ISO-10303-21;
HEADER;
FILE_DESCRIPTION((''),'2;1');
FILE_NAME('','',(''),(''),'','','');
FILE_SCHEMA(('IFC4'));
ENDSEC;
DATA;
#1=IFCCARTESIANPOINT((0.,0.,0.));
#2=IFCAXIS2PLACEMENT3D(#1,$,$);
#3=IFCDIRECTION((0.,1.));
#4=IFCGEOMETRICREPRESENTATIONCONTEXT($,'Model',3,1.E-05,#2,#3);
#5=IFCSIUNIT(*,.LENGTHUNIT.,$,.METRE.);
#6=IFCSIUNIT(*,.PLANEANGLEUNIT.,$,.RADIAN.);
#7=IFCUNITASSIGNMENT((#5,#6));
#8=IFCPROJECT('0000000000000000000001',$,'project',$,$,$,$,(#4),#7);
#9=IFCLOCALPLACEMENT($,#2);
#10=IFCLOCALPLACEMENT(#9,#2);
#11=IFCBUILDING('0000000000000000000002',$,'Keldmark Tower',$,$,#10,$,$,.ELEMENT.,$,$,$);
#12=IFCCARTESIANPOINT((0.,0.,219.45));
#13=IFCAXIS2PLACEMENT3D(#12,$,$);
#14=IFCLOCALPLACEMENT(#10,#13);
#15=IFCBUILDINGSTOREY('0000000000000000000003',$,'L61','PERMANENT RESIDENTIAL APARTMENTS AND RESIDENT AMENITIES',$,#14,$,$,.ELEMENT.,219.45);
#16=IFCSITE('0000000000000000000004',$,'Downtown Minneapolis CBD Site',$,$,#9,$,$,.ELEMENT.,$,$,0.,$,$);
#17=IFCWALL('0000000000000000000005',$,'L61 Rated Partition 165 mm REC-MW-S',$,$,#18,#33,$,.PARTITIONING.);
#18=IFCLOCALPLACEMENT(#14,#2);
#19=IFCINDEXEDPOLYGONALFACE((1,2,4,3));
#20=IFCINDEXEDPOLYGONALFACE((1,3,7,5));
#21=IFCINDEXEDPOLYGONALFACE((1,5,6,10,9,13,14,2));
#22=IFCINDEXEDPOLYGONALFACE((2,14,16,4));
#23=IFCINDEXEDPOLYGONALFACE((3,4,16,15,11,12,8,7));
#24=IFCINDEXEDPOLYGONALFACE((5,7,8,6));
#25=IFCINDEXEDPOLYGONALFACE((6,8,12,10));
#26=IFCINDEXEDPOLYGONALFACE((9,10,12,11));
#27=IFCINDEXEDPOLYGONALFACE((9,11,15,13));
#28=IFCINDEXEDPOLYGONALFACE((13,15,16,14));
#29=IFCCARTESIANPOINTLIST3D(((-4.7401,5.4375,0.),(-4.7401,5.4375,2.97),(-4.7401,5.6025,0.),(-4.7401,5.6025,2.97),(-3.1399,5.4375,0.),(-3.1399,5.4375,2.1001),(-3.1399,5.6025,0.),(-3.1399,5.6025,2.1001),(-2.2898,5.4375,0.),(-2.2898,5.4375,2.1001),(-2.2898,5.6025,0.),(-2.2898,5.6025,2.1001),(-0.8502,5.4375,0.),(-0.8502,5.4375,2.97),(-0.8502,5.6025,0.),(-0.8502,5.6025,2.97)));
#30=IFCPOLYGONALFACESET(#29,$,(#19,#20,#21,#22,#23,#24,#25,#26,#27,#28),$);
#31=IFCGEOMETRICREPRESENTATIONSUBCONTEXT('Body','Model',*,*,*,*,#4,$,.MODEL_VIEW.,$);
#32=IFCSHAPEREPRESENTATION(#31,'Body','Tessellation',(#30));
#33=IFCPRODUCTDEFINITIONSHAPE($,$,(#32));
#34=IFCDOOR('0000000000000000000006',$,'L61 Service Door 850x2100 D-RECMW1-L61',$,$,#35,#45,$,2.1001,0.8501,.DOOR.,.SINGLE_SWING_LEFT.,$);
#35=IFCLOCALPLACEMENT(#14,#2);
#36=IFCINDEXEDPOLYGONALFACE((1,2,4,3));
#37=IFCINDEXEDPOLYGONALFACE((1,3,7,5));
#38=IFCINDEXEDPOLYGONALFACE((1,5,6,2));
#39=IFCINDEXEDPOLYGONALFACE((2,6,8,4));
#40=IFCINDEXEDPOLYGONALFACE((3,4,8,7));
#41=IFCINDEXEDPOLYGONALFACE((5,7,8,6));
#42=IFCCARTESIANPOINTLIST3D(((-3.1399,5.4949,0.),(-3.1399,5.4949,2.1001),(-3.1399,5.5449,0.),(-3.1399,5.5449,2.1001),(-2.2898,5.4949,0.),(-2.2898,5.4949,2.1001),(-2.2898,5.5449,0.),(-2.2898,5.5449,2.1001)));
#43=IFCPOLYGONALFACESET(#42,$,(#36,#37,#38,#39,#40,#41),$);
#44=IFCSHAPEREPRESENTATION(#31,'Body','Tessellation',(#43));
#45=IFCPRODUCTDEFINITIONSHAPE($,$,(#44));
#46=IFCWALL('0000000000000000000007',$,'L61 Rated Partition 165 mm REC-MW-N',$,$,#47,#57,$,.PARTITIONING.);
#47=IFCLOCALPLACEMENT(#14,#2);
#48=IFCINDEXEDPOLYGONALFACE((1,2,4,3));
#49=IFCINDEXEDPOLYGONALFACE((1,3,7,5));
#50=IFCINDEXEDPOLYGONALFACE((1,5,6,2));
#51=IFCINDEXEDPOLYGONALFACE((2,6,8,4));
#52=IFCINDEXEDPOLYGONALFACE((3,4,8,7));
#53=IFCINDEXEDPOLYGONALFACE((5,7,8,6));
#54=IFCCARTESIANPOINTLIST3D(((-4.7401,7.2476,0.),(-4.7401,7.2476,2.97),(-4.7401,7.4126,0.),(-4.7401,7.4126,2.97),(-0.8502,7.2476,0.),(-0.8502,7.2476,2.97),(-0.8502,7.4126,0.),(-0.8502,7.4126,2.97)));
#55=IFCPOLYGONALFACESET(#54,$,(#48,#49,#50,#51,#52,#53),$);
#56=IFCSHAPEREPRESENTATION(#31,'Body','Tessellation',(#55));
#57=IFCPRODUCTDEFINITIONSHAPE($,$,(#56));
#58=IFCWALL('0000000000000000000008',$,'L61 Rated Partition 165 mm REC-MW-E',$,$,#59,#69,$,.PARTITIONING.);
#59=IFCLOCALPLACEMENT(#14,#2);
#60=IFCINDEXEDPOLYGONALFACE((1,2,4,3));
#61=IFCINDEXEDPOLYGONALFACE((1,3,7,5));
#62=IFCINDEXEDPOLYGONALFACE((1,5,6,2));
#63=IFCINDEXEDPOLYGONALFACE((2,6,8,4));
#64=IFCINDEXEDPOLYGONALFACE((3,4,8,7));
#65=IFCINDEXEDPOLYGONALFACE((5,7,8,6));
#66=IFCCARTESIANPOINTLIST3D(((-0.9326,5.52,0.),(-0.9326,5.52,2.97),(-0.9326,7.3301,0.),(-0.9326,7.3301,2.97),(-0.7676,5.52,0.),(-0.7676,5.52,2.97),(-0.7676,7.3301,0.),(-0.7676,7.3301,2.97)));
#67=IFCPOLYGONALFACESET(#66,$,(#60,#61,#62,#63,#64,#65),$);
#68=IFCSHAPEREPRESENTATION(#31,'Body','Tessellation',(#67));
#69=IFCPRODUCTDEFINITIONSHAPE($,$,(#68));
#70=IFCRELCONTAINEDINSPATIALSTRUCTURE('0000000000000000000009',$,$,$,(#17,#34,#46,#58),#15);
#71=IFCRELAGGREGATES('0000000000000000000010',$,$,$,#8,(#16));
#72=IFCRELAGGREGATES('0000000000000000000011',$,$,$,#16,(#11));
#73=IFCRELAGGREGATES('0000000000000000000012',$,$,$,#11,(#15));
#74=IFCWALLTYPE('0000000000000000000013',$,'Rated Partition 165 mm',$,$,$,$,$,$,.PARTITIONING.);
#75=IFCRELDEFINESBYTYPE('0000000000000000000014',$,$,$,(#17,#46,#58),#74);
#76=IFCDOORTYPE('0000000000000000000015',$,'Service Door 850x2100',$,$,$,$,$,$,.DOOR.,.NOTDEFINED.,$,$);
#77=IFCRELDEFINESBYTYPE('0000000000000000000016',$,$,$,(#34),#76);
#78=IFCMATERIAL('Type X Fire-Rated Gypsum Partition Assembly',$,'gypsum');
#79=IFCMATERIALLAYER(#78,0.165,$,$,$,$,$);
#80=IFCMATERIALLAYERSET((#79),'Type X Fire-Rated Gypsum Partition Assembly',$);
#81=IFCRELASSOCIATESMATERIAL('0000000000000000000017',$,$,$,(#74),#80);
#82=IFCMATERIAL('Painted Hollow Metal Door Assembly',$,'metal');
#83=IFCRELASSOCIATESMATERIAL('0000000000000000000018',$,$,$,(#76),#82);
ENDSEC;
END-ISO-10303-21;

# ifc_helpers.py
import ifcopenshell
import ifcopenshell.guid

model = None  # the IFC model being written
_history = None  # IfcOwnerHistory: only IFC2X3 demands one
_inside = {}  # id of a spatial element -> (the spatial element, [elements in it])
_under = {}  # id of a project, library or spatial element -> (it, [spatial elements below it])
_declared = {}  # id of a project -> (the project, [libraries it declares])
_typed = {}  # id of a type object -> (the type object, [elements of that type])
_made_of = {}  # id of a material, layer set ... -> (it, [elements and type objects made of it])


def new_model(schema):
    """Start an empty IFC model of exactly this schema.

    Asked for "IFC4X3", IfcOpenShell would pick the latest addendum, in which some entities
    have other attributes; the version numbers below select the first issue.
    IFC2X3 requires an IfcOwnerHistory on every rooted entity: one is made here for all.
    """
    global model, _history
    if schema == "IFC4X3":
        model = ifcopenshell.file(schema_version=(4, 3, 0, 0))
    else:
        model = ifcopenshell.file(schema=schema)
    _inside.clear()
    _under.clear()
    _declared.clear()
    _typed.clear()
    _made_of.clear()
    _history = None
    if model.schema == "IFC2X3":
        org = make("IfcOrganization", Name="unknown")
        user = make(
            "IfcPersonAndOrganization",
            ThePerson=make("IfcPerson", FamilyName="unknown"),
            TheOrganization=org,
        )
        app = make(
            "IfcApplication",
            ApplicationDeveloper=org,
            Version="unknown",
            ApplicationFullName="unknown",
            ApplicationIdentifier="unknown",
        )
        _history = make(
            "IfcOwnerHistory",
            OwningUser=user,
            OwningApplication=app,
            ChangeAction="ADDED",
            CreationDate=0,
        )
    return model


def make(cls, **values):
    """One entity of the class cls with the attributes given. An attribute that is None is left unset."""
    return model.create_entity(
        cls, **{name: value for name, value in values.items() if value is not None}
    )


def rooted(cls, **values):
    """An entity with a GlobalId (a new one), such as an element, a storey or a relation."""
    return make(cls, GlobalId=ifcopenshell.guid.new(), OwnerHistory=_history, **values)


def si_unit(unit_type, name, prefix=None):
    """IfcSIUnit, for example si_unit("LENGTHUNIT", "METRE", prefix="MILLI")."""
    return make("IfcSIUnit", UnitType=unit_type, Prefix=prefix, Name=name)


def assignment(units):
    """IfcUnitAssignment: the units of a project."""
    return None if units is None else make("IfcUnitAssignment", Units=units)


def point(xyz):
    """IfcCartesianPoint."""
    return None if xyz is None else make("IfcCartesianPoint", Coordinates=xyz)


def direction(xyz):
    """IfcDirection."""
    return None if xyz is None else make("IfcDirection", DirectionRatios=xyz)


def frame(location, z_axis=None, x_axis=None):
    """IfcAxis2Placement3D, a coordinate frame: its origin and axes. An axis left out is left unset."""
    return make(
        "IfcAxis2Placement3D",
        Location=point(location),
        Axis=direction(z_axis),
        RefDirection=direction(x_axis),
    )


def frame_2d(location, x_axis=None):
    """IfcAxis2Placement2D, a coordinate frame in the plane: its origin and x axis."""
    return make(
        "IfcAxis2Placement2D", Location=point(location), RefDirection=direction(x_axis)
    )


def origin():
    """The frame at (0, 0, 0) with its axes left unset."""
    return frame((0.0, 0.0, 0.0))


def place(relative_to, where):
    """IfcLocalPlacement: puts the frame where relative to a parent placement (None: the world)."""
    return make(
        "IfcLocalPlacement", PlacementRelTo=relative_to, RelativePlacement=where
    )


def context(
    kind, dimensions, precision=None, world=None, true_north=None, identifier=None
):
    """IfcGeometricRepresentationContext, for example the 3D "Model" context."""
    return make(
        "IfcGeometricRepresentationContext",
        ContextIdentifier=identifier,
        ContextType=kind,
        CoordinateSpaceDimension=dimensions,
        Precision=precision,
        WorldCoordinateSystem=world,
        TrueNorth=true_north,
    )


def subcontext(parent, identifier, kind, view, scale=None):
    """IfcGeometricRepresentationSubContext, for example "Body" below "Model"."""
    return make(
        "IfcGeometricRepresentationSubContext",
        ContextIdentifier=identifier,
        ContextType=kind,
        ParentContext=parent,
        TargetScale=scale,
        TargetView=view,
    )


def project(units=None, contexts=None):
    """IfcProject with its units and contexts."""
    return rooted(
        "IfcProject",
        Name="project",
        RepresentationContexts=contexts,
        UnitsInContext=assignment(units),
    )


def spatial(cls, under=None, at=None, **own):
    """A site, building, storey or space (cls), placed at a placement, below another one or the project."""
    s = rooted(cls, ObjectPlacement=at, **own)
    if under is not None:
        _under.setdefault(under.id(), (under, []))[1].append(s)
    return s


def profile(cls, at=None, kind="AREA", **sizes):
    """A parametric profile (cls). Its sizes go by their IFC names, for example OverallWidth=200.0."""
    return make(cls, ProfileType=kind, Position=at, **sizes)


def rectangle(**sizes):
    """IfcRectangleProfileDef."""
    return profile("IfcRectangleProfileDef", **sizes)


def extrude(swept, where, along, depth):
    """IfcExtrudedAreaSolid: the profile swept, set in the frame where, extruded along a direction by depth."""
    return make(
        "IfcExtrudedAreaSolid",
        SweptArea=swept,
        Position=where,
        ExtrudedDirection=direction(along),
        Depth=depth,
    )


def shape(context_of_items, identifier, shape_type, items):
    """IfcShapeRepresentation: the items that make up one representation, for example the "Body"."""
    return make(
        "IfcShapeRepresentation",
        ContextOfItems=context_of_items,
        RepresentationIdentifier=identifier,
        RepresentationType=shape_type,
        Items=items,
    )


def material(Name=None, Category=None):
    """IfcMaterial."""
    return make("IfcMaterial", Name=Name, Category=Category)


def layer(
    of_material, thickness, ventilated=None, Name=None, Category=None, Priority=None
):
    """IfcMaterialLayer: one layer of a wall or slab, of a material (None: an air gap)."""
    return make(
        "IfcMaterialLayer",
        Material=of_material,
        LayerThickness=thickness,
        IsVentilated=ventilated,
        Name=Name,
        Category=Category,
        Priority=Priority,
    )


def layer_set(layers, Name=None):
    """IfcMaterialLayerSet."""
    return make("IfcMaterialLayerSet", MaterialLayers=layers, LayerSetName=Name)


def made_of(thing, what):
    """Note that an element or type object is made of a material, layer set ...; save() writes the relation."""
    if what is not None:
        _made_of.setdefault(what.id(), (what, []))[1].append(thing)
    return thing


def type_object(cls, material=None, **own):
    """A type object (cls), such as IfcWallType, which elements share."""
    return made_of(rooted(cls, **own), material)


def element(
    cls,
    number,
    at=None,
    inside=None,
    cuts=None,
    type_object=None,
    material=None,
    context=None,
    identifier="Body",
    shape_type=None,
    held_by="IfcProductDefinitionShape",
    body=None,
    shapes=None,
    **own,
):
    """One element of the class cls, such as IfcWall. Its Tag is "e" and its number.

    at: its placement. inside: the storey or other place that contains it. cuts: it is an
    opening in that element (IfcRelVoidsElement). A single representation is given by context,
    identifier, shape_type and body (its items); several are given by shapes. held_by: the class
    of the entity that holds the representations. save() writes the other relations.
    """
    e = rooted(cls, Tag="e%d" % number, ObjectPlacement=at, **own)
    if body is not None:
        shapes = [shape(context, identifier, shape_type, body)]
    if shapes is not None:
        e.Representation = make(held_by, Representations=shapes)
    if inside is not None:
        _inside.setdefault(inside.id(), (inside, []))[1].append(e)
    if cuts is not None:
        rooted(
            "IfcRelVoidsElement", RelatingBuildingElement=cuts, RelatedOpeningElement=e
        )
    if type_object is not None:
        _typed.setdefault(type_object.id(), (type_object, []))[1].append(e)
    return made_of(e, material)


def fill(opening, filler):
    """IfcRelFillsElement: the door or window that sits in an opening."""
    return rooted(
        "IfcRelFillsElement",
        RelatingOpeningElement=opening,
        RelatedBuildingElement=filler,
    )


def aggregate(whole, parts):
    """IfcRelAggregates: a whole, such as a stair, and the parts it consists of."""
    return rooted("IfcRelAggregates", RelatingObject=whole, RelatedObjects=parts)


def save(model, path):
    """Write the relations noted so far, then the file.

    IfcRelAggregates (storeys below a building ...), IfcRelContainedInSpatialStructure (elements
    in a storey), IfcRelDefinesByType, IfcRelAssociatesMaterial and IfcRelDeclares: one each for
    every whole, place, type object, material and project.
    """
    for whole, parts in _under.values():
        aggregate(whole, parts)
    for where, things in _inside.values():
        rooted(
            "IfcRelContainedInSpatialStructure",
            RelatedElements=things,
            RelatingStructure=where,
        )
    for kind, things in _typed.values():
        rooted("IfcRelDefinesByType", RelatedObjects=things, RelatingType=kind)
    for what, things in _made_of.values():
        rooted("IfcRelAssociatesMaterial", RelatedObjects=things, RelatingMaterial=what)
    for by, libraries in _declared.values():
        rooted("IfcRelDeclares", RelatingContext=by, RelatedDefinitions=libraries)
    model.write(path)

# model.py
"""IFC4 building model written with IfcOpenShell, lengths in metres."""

from ifc_helpers import new_model, si_unit, direction, frame, frame_2d, origin, place, context, subcontext, project, spatial, rectangle, extrude, material, layer, layer_set, type_object, element, fill, save


model = new_model("IFC4")

# Units and contexts
model_context = context("Model", 3, precision=1e-05, world=origin(), true_north=direction((0.0, 1.0)))
body_context = subcontext(model_context, "Body", "Model", "MODEL_VIEW")
ifc_project = project(units=[si_unit("LENGTHUNIT", "METRE"), si_unit("PLANEANGLEUNIT", "RADIAN")], contexts=[model_context])

# Site, building, storey
site_placement = place(None, origin())
site = spatial("IfcSite", under=ifc_project, at=site_placement, Name="Downtown Minneapolis CBD Site", CompositionType="ELEMENT", RefElevation=0.0)
building_placement = place(site_placement, origin())
building = spatial("IfcBuilding", under=site, at=building_placement, Name="Keldmark Tower", CompositionType="ELEMENT")
storey_placement = place(building_placement, frame((0.0, 0.0, 219.45)))
storey = spatial("IfcBuildingStorey", under=building, at=storey_placement, Name="L61", Description="PERMANENT RESIDENTIAL APARTMENTS AND RESIDENT AMENITIES", CompositionType="ELEMENT", Elevation=219.45)

# Shared definitions
ifc_material_1 = material(Name="Type X Fire-Rated Gypsum Partition Assembly", Category="gypsum")
ifc_layer_1 = layer(ifc_material_1, 0.165)
ifc_layer_set_1 = layer_set([ifc_layer_1], Name="Type X Fire-Rated Gypsum Partition Assembly")
wall_type_1 = type_object("IfcWallType", Name="Rated Partition 165 mm", PredefinedType="PARTITIONING", material=ifc_layer_set_1)

# Shared definitions
ifc_material_2 = material(Name="Painted Hollow Metal Door Assembly", Category="metal")
door_type_1 = type_object("IfcDoorType", Name="Service Door 850x2100", OperationType="NOTDEFINED", PredefinedType="DOOR", material=ifc_material_2)

# Wall, opening, door
wall_1_placement = place(storey_placement, frame((-4.74, 5.52, 0.0), z_axis=(0.0, 0.0, 1.0), x_axis=(1.0, 0.0, 0.0)))
wall_1 = element("IfcWall", 1, at=wall_1_placement, inside=storey, type_object=wall_type_1, Name="L61 Rated Partition 165 mm REC-MW-S", PredefinedType="PARTITIONING", context=body_context, shape_type="SweptSolid", body=[
    extrude(rectangle(XDim=3.8899, YDim=0.165, at=frame_2d((1.9448, 0.0))), origin(), (0.0, 0.0, 1.0), 2.97),
])
opening_1_placement = place(wall_1_placement, frame((1.6001, 0.0, 0.0)))
opening_1 = element("IfcOpeningElement", 2, at=opening_1_placement, cuts=wall_1, PredefinedType="OPENING", context=body_context, shape_type="SweptSolid", body=[
    extrude(rectangle(XDim=0.8501, YDim=2.1001, at=frame_2d((0.425, 1.05))), frame((0.0, 0.0925, 0.0), z_axis=(0.0, -1.0, 0.0), x_axis=(1.0, 0.0, 0.0)), (0.0, 0.0, 1.0), 0.1851),
])
door_1_placement = place(opening_1_placement, origin())
door_1 = element("IfcDoor", 3, at=door_1_placement, inside=storey, type_object=door_type_1, Name="L61 Service Door 850x2100 D-RECMW1-L61", OperationType="SINGLE_SWING_LEFT", OverallHeight=2.1001, OverallWidth=0.8501, PredefinedType="DOOR", context=body_context, shape_type="SweptSolid", body=[
    extrude(rectangle(XDim=0.8501, YDim=2.1001, at=frame_2d((0.425, 1.05))), frame((0.0, 0.0249, 0.0), z_axis=(0.0, -1.0, 0.0), x_axis=(1.0, 0.0, 0.0)), (0.0, 0.0, 1.0), 0.05),
])
fill(opening_1, door_1)

# Walls
wall_2_placement = place(storey_placement, frame((-4.74, 7.3301, 0.0), z_axis=(0.0, 0.0, 1.0), x_axis=(1.0, 0.0, 0.0)))
element("IfcWall", 4, at=wall_2_placement, inside=storey, type_object=wall_type_1, Name="L61 Rated Partition 165 mm REC-MW-N", PredefinedType="PARTITIONING", context=body_context, shape_type="SweptSolid", body=[
    extrude(rectangle(XDim=3.8899, YDim=0.165, at=frame_2d((1.9448, 0.0))), origin(), (0.0, 0.0, 1.0), 2.97),
])
wall_3_placement = place(storey_placement, frame((-0.8501, 5.52, 0.0), z_axis=(0.0, 0.0, 1.0), x_axis=(0.0, 1.0, 0.0)))
element("IfcWall", 5, at=wall_3_placement, inside=storey, type_object=wall_type_1, Name="L61 Rated Partition 165 mm REC-MW-E", PredefinedType="PARTITIONING", context=body_context, shape_type="SweptSolid", body=[
    extrude(rectangle(XDim=1.8101, YDim=0.165, at=frame_2d((0.905, 0.0))), origin(), (0.0, 0.0, 1.0), 2.97),
])

save(model, "model.ifc")
